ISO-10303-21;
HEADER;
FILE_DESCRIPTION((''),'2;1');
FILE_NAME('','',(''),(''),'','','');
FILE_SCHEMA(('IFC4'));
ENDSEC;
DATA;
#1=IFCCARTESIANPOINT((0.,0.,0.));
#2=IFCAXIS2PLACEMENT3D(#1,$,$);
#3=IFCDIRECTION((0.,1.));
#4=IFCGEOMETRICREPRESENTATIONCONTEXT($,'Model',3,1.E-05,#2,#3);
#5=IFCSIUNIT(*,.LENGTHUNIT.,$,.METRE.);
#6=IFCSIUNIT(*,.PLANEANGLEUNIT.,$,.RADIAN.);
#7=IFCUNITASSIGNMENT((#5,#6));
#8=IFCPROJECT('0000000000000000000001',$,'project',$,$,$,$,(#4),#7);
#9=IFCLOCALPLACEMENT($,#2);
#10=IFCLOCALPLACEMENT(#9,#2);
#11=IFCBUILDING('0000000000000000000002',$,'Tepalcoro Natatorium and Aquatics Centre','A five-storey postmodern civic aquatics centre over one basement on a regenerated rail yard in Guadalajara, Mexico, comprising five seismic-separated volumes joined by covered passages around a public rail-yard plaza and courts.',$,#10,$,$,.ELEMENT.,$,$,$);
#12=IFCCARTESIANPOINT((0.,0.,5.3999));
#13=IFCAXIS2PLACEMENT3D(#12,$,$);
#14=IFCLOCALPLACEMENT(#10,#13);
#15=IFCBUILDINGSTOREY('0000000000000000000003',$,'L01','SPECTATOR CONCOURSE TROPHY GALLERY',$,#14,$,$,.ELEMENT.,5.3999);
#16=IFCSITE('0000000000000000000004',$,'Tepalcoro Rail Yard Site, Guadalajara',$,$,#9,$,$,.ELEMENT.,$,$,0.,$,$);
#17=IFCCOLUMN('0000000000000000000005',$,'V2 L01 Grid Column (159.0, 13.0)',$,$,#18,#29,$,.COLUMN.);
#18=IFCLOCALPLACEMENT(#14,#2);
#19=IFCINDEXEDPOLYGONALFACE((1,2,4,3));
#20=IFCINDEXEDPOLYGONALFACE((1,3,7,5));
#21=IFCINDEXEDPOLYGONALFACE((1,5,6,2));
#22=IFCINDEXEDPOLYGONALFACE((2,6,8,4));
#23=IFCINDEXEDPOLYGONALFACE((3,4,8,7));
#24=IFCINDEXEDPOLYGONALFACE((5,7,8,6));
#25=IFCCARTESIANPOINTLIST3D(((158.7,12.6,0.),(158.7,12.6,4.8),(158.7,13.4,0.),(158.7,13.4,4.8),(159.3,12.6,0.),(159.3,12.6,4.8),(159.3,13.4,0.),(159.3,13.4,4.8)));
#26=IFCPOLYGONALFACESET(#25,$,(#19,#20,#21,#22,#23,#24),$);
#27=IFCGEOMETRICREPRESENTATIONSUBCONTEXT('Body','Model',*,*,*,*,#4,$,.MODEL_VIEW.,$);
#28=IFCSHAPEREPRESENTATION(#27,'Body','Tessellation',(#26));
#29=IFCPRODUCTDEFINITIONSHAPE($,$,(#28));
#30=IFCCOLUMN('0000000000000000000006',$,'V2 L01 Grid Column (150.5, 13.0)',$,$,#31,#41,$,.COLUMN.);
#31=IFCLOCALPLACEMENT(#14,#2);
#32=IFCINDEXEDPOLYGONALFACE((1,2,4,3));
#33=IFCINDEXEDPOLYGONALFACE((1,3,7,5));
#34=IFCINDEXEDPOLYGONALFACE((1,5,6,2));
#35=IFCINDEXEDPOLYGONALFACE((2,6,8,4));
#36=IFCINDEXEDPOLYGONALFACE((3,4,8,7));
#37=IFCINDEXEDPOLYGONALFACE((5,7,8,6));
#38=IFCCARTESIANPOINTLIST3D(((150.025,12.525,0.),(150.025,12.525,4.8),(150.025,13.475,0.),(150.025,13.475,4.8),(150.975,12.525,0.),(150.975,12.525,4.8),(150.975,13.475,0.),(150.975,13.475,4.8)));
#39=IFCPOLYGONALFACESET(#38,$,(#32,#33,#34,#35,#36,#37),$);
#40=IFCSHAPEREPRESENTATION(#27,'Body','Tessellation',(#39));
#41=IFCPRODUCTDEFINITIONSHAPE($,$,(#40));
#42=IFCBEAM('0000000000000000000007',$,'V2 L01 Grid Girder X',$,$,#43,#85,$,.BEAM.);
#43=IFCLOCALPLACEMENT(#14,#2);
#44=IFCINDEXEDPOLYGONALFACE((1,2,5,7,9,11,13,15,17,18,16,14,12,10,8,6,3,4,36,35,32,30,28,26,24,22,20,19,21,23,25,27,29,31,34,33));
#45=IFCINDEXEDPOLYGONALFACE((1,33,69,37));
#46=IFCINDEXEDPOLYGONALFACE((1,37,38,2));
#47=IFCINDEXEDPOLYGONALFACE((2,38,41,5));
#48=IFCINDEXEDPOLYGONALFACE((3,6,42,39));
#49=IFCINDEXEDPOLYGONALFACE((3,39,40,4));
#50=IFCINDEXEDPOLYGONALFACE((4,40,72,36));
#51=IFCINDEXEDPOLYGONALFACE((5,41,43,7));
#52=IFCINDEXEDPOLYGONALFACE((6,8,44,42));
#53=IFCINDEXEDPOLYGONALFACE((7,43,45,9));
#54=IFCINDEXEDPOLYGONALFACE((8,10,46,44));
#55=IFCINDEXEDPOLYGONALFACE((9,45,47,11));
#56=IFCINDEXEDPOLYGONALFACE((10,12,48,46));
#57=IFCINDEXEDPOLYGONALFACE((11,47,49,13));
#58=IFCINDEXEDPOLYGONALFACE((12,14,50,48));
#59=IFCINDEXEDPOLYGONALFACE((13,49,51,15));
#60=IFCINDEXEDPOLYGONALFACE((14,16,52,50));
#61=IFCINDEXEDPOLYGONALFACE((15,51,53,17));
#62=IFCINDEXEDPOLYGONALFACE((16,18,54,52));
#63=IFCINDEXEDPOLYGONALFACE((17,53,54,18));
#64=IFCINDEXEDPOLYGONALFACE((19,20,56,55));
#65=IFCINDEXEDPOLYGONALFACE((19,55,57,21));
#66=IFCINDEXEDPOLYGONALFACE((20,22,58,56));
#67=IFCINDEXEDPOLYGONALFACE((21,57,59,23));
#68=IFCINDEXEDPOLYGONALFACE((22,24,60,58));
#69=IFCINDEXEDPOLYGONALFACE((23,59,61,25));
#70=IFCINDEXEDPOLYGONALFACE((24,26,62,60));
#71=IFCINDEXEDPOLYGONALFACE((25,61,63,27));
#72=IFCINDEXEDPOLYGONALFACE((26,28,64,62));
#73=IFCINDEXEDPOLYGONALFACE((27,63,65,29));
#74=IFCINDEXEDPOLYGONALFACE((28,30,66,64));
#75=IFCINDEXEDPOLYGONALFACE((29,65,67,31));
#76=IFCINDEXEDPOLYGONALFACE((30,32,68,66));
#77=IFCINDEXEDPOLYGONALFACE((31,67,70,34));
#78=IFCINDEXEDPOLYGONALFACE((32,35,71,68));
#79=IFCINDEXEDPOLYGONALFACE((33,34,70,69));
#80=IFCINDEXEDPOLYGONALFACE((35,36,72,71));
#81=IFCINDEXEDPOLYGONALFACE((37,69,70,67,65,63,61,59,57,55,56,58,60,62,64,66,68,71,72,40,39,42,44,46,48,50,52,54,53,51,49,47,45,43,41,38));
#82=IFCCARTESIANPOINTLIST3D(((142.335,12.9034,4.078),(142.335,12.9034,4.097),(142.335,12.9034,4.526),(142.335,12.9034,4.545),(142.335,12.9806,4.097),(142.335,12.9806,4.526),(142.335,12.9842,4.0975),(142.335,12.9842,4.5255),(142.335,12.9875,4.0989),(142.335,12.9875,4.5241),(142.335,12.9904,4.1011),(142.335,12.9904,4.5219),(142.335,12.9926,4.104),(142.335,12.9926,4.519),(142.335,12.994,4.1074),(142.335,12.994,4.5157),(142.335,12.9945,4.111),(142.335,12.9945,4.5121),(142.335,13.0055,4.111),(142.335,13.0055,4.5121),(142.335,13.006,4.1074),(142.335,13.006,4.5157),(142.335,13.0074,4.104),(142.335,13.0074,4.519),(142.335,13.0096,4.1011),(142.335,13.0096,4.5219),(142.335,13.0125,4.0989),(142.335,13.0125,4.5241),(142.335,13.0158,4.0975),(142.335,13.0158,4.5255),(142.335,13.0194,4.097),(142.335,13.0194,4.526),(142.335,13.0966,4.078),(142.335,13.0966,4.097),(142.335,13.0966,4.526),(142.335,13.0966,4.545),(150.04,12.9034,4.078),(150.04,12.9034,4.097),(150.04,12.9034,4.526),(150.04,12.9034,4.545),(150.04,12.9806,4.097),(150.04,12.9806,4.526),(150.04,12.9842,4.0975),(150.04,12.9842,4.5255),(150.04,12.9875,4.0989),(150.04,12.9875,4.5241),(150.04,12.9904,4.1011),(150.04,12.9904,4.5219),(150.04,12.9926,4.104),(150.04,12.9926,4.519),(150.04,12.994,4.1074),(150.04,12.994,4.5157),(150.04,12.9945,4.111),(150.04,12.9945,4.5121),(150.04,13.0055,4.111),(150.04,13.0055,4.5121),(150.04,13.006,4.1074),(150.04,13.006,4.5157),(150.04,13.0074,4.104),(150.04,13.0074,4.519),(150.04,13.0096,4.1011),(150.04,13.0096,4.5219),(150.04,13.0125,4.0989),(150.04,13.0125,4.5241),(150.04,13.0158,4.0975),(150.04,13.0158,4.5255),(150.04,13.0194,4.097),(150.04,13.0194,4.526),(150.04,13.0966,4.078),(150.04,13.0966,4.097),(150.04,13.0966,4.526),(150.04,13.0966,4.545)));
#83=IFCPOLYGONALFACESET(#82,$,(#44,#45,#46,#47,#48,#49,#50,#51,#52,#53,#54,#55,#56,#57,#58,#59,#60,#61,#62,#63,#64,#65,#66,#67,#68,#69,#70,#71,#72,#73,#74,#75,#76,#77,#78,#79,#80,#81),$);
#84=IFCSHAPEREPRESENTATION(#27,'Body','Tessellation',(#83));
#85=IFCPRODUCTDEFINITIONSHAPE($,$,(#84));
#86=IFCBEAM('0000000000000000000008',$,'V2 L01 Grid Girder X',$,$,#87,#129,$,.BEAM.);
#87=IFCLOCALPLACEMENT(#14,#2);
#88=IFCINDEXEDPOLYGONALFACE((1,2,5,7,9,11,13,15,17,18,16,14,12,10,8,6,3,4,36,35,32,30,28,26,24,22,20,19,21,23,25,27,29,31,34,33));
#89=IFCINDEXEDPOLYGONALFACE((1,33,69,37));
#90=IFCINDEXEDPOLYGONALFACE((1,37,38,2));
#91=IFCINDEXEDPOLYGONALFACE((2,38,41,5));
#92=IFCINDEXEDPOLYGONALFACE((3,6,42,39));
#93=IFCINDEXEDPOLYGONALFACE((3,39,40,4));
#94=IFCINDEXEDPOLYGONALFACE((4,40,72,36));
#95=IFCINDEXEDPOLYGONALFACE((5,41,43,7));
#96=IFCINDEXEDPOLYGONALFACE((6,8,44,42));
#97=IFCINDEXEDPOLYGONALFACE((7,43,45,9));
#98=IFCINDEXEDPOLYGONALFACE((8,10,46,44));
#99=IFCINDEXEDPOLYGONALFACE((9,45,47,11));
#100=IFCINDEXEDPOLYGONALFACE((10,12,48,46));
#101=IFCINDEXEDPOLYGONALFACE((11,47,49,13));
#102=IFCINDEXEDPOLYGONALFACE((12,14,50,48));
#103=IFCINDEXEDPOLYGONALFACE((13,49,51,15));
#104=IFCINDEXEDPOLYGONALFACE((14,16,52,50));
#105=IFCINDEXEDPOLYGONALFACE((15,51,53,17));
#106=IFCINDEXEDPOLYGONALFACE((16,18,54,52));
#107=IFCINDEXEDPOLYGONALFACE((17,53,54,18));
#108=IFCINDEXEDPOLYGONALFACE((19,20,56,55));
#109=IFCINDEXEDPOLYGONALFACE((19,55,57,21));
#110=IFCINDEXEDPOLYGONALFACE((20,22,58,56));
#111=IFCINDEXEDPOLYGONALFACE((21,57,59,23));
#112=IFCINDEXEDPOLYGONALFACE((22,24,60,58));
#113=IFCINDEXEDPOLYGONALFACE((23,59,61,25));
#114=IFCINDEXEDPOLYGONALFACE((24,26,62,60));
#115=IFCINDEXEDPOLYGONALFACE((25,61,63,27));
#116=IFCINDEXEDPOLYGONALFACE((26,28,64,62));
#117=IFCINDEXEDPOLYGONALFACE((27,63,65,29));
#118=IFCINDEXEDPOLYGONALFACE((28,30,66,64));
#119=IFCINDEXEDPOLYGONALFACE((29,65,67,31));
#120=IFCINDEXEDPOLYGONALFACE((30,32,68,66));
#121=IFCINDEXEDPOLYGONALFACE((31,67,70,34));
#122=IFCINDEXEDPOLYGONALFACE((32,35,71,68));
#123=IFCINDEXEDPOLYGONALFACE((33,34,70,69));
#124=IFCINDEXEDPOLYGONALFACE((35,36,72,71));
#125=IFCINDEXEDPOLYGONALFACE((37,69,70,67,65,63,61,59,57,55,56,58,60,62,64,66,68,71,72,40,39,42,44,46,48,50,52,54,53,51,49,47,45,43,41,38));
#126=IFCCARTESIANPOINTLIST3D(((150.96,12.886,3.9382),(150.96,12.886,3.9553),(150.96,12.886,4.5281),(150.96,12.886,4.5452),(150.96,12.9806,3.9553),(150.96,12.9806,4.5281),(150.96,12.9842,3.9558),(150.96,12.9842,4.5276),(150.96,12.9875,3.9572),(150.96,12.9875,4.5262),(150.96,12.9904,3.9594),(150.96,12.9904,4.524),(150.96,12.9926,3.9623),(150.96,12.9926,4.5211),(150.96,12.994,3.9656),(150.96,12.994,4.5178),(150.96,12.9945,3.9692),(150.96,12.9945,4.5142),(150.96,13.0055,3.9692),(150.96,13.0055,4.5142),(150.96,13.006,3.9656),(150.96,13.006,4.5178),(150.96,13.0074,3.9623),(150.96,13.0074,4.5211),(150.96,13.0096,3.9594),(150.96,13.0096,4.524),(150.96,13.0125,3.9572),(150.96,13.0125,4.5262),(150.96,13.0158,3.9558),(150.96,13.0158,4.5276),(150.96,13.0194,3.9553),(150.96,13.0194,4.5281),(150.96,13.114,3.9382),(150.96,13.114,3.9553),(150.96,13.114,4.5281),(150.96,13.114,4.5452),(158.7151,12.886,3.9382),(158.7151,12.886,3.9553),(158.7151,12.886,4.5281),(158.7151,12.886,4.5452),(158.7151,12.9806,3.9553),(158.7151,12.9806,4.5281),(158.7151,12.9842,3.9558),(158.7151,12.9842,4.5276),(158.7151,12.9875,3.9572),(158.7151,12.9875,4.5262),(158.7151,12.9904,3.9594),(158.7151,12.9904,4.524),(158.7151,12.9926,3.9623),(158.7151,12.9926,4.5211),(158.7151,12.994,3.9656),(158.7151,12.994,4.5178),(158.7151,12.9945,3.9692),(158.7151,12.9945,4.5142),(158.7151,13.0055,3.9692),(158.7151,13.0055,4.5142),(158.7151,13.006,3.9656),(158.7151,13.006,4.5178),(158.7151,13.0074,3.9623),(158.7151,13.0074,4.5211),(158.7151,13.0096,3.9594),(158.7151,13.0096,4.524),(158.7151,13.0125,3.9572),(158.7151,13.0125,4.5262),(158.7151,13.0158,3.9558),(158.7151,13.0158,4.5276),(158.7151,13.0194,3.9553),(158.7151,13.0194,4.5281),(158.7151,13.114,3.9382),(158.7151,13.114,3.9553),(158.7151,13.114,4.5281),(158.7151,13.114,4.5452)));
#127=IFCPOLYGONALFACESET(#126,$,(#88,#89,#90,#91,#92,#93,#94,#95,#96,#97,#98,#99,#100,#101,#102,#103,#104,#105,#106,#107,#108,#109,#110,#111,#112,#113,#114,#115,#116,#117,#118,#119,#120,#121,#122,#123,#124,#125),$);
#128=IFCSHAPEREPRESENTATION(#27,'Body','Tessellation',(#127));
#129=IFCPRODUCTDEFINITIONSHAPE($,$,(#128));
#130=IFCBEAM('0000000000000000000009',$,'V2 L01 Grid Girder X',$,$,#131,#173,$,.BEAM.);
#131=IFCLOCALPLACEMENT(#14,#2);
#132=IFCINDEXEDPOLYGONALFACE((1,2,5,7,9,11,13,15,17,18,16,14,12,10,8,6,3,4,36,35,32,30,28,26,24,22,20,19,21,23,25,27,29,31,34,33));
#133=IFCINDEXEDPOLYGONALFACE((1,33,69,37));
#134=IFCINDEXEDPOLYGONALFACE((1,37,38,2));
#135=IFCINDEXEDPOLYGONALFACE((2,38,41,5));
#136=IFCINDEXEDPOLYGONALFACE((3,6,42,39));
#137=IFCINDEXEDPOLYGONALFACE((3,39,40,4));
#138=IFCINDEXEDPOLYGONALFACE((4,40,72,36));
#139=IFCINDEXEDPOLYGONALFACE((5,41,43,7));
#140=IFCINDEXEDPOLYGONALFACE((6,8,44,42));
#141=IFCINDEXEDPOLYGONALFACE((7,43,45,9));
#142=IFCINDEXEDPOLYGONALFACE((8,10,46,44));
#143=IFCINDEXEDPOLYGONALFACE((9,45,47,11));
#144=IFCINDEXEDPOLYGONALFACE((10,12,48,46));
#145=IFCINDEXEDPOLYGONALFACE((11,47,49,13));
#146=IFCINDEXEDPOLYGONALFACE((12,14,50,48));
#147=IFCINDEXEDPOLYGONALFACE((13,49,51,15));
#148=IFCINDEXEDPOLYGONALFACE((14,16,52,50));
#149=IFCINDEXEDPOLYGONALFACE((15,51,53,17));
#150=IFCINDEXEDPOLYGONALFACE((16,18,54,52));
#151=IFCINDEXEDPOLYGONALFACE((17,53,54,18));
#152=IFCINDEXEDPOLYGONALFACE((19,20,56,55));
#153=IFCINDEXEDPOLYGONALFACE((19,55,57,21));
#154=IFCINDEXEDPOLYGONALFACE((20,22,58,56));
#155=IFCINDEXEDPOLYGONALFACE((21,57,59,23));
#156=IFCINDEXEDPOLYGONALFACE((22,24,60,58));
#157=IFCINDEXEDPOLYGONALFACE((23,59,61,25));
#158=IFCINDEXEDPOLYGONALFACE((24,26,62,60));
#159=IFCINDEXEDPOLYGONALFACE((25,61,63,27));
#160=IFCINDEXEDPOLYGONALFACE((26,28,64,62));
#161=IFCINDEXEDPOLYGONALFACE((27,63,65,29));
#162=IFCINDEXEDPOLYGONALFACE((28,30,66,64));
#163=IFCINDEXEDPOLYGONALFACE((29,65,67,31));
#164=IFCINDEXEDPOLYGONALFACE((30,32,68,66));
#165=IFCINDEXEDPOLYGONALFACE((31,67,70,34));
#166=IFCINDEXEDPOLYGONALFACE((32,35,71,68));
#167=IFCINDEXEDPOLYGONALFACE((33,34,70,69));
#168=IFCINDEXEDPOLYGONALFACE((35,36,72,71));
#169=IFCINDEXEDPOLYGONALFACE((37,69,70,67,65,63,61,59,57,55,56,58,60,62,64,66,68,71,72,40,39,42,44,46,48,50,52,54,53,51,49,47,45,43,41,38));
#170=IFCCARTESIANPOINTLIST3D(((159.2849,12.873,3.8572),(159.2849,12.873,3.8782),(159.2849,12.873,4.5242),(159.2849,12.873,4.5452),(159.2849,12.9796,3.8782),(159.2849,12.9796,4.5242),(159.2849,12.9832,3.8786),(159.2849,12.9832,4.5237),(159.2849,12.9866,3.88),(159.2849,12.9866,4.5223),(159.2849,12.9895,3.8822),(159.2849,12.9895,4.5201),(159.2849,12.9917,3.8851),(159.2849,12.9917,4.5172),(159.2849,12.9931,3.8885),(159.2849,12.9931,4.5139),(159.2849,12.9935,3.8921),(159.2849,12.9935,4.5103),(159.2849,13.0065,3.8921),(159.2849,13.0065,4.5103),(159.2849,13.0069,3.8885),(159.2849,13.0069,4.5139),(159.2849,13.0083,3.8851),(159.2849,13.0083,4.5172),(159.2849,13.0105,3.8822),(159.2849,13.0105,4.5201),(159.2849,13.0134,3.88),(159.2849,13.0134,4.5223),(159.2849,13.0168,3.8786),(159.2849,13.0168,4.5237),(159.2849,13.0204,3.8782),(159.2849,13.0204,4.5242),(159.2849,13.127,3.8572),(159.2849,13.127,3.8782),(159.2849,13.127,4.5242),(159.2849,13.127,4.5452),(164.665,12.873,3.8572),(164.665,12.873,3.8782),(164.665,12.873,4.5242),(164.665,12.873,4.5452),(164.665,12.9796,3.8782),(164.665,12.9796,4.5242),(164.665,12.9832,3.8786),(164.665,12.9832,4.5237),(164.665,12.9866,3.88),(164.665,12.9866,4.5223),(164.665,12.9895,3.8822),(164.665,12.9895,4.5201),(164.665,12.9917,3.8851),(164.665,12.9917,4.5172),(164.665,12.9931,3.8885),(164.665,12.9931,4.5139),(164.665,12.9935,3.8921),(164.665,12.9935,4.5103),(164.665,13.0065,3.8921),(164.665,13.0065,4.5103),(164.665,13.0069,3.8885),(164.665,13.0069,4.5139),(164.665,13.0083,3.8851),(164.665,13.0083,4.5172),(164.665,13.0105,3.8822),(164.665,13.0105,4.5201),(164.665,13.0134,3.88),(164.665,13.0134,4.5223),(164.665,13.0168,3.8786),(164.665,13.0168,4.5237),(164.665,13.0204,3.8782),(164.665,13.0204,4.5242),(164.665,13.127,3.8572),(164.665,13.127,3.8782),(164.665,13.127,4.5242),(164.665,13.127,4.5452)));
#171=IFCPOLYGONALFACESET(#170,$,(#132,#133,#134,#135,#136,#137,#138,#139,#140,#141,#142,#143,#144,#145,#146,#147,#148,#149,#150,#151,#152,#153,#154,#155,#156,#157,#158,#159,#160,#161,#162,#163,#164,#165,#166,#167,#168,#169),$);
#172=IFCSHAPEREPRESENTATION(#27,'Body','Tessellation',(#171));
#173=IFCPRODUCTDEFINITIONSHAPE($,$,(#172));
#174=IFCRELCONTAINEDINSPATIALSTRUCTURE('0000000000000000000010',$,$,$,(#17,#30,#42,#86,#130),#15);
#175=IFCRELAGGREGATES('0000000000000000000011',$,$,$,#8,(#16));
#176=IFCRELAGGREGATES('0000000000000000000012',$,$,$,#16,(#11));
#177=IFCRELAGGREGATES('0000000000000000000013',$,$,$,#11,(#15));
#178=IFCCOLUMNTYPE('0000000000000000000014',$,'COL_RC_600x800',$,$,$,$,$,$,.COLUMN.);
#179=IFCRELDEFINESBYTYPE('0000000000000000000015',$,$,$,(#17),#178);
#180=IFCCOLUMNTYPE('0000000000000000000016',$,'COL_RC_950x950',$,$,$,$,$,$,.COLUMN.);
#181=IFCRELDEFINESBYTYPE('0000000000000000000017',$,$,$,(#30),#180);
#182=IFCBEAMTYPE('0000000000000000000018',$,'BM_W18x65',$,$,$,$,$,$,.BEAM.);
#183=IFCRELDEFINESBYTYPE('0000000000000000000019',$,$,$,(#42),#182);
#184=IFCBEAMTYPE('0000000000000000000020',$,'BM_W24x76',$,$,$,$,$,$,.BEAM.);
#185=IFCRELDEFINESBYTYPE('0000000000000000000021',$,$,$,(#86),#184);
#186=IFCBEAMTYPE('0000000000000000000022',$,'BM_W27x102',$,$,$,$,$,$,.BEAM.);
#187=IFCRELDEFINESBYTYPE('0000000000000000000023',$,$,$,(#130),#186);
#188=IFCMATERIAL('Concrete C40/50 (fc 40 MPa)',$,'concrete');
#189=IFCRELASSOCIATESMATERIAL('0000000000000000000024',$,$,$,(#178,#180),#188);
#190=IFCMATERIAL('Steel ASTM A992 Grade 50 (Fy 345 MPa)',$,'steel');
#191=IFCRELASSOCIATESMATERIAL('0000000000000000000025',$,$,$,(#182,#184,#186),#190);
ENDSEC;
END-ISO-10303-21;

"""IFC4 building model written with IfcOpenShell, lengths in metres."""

from ifc_helpers import new_model, si_unit, direction, frame, origin, origin_2d, place, context, subcontext, project, spatial, rectangle, i_section, extrude, material, material_profile, profile_set, type_object, element, save


model = new_model("IFC4")

# Units and contexts
model_context = context("Model", 3, precision=1e-05, world=origin(), true_north=direction((0.0, 1.0)))
body_context = subcontext(model_context, "Body", "Model", "MODEL_VIEW")
ifc_project = project(units=[si_unit("LENGTHUNIT", "METRE"), si_unit("PLANEANGLEUNIT", "RADIAN")], contexts=[model_context])

# Site, building, storey
site_placement = place(None, origin())
site = spatial("IfcSite", under=ifc_project, at=site_placement, Name="Tepalcoro Rail Yard Site, Guadalajara", CompositionType="ELEMENT", RefElevation=0.0)
building_placement = place(site_placement, origin())
building = spatial("IfcBuilding", under=site, at=building_placement, Name="Tepalcoro Natatorium and Aquatics Centre", Description="A five-storey postmodern civic aquatics centre over one basement on a regenerated rail yard in Guadalajara, Mexico, comprising five seismic-separated volumes joined by covered passages around a public rail-yard plaza and courts.", CompositionType="ELEMENT")
storey_placement = place(building_placement, frame((0.0, 0.0, 5.3999)))
storey = spatial("IfcBuildingStorey", under=building, at=storey_placement, Name="L01", Description="SPECTATOR CONCOURSE TROPHY GALLERY", CompositionType="ELEMENT", Elevation=5.3999)

# Columns
ifc_material_1 = material(Name="Concrete C40/50 (fc 40 MPa)", Category="concrete")
ifc_material_profile_1 = material_profile(ifc_material_1, rectangle(XDim=0.6001, YDim=0.8, at=origin_2d()), Name="RC600x800")
ifc_profile_set_1 = profile_set([ifc_material_profile_1], Name="Concrete C40/50 (fc 40 MPa)")
column_type_1 = type_object("IfcColumnType", Name="COL_RC_600x800", PredefinedType="COLUMN", material=ifc_profile_set_1)
column_1_placement = place(storey_placement, frame((159.0, 13.0, 0.0), z_axis=(0.0, 0.0, 1.0), x_axis=(1.0, 0.0, 0.0)))
element("IfcColumn", 1, at=column_1_placement, inside=storey, type_object=column_type_1, Name="V2 L01 Grid Column (159.0, 13.0)", PredefinedType="COLUMN", context=body_context, shape_type="SweptSolid", body=[
    extrude(rectangle(XDim=0.6001, YDim=0.8, at=origin_2d()), origin(), (0.0, 0.0, 1.0), 4.8),
])
ifc_material_profile_2 = material_profile(ifc_material_1, rectangle(XDim=0.95, YDim=0.95, at=origin_2d()), Name="RC950x950")
ifc_profile_set_2 = profile_set([ifc_material_profile_2], Name="Concrete C40/50 (fc 40 MPa)")
column_type_2 = type_object("IfcColumnType", Name="COL_RC_950x950", PredefinedType="COLUMN", material=ifc_profile_set_2)
column_2_placement = place(storey_placement, frame((150.5, 13.0, 0.0), z_axis=(0.0, 0.0, 1.0), x_axis=(1.0, 0.0, 0.0)))
element("IfcColumn", 2, at=column_2_placement, inside=storey, type_object=column_type_2, Name="V2 L01 Grid Column (150.5, 13.0)", PredefinedType="COLUMN", context=body_context, shape_type="SweptSolid", body=[
    extrude(rectangle(XDim=0.95, YDim=0.95, at=origin_2d()), origin(), (0.0, 0.0, 1.0), 4.8),
])

# Beams
ifc_material_2 = material(Name="Steel ASTM A992 Grade 50 (Fy 345 MPa)", Category="steel")
ifc_material_profile_3 = material_profile(ifc_material_2, i_section(OverallWidth=0.1931, OverallDepth=0.467, WebThickness=0.011, FlangeThickness=0.019, FilletRadius=0.0139, at=origin_2d()), Name="W18X65")
ifc_profile_set_3 = profile_set([ifc_material_profile_3], Name="Steel ASTM A992 Grade 50 (Fy 345 MPa)")
beam_type_1 = type_object("IfcBeamType", Name="BM_W18x65", PredefinedType="BEAM", material=ifc_profile_set_3)
beam_1_placement = place(storey_placement, frame((142.335, 13.0, 4.3115), z_axis=(1.0, 0.0, 0.0), x_axis=(0.0, 1.0, 0.0)))
element("IfcBeam", 3, at=beam_1_placement, inside=storey, type_object=beam_type_1, Name="V2 L01 Grid Girder X", PredefinedType="BEAM", context=body_context, shape_type="SweptSolid", body=[
    extrude(i_section(OverallWidth=0.1931, OverallDepth=0.467, WebThickness=0.011, FlangeThickness=0.019, FilletRadius=0.0139, at=origin_2d()), origin(), (0.0, 0.0, 1.0), 7.7051),
])
ifc_material_profile_4 = material_profile(ifc_material_2, i_section(OverallWidth=0.228, OverallDepth=0.6069, WebThickness=0.011, FlangeThickness=0.0171, FilletRadius=0.0139, at=origin_2d()), Name="W24X76")
ifc_profile_set_4 = profile_set([ifc_material_profile_4], Name="Steel ASTM A992 Grade 50 (Fy 345 MPa)")
beam_type_2 = type_object("IfcBeamType", Name="BM_W24x76", PredefinedType="BEAM", material=ifc_profile_set_4)
beam_2_placement = place(storey_placement, frame((150.96, 13.0, 4.2417), z_axis=(1.0, 0.0, 0.0), x_axis=(0.0, 1.0, 0.0)))
element("IfcBeam", 4, at=beam_2_placement, inside=storey, type_object=beam_type_2, Name="V2 L01 Grid Girder X", PredefinedType="BEAM", context=body_context, shape_type="SweptSolid", body=[
    extrude(i_section(OverallWidth=0.228, OverallDepth=0.6069, WebThickness=0.011, FlangeThickness=0.0171, FilletRadius=0.0139, at=origin_2d()), origin(), (0.0, 0.0, 1.0), 7.7551),
])
ifc_material_profile_5 = material_profile(ifc_material_2, i_section(OverallWidth=0.2539, OverallDepth=0.688, WebThickness=0.0129, FlangeThickness=0.021, FilletRadius=0.0139, at=origin_2d()), Name="W27X102")
ifc_profile_set_5 = profile_set([ifc_material_profile_5], Name="Steel ASTM A992 Grade 50 (Fy 345 MPa)")
beam_type_3 = type_object("IfcBeamType", Name="BM_W27x102", PredefinedType="BEAM", material=ifc_profile_set_5)
beam_3_placement = place(storey_placement, frame((159.2849, 13.0, 4.2012), z_axis=(1.0, 0.0, 0.0), x_axis=(0.0, 1.0, 0.0)))
element("IfcBeam", 5, at=beam_3_placement, inside=storey, type_object=beam_type_3, Name="V2 L01 Grid Girder X", PredefinedType="BEAM", context=body_context, shape_type="SweptSolid", body=[
    extrude(i_section(OverallWidth=0.2539, OverallDepth=0.688, WebThickness=0.0129, FlangeThickness=0.021, FilletRadius=0.0139, at=origin_2d()), origin(), (0.0, 0.0, 1.0), 5.3801),
])

save(model, "model.ifc")
